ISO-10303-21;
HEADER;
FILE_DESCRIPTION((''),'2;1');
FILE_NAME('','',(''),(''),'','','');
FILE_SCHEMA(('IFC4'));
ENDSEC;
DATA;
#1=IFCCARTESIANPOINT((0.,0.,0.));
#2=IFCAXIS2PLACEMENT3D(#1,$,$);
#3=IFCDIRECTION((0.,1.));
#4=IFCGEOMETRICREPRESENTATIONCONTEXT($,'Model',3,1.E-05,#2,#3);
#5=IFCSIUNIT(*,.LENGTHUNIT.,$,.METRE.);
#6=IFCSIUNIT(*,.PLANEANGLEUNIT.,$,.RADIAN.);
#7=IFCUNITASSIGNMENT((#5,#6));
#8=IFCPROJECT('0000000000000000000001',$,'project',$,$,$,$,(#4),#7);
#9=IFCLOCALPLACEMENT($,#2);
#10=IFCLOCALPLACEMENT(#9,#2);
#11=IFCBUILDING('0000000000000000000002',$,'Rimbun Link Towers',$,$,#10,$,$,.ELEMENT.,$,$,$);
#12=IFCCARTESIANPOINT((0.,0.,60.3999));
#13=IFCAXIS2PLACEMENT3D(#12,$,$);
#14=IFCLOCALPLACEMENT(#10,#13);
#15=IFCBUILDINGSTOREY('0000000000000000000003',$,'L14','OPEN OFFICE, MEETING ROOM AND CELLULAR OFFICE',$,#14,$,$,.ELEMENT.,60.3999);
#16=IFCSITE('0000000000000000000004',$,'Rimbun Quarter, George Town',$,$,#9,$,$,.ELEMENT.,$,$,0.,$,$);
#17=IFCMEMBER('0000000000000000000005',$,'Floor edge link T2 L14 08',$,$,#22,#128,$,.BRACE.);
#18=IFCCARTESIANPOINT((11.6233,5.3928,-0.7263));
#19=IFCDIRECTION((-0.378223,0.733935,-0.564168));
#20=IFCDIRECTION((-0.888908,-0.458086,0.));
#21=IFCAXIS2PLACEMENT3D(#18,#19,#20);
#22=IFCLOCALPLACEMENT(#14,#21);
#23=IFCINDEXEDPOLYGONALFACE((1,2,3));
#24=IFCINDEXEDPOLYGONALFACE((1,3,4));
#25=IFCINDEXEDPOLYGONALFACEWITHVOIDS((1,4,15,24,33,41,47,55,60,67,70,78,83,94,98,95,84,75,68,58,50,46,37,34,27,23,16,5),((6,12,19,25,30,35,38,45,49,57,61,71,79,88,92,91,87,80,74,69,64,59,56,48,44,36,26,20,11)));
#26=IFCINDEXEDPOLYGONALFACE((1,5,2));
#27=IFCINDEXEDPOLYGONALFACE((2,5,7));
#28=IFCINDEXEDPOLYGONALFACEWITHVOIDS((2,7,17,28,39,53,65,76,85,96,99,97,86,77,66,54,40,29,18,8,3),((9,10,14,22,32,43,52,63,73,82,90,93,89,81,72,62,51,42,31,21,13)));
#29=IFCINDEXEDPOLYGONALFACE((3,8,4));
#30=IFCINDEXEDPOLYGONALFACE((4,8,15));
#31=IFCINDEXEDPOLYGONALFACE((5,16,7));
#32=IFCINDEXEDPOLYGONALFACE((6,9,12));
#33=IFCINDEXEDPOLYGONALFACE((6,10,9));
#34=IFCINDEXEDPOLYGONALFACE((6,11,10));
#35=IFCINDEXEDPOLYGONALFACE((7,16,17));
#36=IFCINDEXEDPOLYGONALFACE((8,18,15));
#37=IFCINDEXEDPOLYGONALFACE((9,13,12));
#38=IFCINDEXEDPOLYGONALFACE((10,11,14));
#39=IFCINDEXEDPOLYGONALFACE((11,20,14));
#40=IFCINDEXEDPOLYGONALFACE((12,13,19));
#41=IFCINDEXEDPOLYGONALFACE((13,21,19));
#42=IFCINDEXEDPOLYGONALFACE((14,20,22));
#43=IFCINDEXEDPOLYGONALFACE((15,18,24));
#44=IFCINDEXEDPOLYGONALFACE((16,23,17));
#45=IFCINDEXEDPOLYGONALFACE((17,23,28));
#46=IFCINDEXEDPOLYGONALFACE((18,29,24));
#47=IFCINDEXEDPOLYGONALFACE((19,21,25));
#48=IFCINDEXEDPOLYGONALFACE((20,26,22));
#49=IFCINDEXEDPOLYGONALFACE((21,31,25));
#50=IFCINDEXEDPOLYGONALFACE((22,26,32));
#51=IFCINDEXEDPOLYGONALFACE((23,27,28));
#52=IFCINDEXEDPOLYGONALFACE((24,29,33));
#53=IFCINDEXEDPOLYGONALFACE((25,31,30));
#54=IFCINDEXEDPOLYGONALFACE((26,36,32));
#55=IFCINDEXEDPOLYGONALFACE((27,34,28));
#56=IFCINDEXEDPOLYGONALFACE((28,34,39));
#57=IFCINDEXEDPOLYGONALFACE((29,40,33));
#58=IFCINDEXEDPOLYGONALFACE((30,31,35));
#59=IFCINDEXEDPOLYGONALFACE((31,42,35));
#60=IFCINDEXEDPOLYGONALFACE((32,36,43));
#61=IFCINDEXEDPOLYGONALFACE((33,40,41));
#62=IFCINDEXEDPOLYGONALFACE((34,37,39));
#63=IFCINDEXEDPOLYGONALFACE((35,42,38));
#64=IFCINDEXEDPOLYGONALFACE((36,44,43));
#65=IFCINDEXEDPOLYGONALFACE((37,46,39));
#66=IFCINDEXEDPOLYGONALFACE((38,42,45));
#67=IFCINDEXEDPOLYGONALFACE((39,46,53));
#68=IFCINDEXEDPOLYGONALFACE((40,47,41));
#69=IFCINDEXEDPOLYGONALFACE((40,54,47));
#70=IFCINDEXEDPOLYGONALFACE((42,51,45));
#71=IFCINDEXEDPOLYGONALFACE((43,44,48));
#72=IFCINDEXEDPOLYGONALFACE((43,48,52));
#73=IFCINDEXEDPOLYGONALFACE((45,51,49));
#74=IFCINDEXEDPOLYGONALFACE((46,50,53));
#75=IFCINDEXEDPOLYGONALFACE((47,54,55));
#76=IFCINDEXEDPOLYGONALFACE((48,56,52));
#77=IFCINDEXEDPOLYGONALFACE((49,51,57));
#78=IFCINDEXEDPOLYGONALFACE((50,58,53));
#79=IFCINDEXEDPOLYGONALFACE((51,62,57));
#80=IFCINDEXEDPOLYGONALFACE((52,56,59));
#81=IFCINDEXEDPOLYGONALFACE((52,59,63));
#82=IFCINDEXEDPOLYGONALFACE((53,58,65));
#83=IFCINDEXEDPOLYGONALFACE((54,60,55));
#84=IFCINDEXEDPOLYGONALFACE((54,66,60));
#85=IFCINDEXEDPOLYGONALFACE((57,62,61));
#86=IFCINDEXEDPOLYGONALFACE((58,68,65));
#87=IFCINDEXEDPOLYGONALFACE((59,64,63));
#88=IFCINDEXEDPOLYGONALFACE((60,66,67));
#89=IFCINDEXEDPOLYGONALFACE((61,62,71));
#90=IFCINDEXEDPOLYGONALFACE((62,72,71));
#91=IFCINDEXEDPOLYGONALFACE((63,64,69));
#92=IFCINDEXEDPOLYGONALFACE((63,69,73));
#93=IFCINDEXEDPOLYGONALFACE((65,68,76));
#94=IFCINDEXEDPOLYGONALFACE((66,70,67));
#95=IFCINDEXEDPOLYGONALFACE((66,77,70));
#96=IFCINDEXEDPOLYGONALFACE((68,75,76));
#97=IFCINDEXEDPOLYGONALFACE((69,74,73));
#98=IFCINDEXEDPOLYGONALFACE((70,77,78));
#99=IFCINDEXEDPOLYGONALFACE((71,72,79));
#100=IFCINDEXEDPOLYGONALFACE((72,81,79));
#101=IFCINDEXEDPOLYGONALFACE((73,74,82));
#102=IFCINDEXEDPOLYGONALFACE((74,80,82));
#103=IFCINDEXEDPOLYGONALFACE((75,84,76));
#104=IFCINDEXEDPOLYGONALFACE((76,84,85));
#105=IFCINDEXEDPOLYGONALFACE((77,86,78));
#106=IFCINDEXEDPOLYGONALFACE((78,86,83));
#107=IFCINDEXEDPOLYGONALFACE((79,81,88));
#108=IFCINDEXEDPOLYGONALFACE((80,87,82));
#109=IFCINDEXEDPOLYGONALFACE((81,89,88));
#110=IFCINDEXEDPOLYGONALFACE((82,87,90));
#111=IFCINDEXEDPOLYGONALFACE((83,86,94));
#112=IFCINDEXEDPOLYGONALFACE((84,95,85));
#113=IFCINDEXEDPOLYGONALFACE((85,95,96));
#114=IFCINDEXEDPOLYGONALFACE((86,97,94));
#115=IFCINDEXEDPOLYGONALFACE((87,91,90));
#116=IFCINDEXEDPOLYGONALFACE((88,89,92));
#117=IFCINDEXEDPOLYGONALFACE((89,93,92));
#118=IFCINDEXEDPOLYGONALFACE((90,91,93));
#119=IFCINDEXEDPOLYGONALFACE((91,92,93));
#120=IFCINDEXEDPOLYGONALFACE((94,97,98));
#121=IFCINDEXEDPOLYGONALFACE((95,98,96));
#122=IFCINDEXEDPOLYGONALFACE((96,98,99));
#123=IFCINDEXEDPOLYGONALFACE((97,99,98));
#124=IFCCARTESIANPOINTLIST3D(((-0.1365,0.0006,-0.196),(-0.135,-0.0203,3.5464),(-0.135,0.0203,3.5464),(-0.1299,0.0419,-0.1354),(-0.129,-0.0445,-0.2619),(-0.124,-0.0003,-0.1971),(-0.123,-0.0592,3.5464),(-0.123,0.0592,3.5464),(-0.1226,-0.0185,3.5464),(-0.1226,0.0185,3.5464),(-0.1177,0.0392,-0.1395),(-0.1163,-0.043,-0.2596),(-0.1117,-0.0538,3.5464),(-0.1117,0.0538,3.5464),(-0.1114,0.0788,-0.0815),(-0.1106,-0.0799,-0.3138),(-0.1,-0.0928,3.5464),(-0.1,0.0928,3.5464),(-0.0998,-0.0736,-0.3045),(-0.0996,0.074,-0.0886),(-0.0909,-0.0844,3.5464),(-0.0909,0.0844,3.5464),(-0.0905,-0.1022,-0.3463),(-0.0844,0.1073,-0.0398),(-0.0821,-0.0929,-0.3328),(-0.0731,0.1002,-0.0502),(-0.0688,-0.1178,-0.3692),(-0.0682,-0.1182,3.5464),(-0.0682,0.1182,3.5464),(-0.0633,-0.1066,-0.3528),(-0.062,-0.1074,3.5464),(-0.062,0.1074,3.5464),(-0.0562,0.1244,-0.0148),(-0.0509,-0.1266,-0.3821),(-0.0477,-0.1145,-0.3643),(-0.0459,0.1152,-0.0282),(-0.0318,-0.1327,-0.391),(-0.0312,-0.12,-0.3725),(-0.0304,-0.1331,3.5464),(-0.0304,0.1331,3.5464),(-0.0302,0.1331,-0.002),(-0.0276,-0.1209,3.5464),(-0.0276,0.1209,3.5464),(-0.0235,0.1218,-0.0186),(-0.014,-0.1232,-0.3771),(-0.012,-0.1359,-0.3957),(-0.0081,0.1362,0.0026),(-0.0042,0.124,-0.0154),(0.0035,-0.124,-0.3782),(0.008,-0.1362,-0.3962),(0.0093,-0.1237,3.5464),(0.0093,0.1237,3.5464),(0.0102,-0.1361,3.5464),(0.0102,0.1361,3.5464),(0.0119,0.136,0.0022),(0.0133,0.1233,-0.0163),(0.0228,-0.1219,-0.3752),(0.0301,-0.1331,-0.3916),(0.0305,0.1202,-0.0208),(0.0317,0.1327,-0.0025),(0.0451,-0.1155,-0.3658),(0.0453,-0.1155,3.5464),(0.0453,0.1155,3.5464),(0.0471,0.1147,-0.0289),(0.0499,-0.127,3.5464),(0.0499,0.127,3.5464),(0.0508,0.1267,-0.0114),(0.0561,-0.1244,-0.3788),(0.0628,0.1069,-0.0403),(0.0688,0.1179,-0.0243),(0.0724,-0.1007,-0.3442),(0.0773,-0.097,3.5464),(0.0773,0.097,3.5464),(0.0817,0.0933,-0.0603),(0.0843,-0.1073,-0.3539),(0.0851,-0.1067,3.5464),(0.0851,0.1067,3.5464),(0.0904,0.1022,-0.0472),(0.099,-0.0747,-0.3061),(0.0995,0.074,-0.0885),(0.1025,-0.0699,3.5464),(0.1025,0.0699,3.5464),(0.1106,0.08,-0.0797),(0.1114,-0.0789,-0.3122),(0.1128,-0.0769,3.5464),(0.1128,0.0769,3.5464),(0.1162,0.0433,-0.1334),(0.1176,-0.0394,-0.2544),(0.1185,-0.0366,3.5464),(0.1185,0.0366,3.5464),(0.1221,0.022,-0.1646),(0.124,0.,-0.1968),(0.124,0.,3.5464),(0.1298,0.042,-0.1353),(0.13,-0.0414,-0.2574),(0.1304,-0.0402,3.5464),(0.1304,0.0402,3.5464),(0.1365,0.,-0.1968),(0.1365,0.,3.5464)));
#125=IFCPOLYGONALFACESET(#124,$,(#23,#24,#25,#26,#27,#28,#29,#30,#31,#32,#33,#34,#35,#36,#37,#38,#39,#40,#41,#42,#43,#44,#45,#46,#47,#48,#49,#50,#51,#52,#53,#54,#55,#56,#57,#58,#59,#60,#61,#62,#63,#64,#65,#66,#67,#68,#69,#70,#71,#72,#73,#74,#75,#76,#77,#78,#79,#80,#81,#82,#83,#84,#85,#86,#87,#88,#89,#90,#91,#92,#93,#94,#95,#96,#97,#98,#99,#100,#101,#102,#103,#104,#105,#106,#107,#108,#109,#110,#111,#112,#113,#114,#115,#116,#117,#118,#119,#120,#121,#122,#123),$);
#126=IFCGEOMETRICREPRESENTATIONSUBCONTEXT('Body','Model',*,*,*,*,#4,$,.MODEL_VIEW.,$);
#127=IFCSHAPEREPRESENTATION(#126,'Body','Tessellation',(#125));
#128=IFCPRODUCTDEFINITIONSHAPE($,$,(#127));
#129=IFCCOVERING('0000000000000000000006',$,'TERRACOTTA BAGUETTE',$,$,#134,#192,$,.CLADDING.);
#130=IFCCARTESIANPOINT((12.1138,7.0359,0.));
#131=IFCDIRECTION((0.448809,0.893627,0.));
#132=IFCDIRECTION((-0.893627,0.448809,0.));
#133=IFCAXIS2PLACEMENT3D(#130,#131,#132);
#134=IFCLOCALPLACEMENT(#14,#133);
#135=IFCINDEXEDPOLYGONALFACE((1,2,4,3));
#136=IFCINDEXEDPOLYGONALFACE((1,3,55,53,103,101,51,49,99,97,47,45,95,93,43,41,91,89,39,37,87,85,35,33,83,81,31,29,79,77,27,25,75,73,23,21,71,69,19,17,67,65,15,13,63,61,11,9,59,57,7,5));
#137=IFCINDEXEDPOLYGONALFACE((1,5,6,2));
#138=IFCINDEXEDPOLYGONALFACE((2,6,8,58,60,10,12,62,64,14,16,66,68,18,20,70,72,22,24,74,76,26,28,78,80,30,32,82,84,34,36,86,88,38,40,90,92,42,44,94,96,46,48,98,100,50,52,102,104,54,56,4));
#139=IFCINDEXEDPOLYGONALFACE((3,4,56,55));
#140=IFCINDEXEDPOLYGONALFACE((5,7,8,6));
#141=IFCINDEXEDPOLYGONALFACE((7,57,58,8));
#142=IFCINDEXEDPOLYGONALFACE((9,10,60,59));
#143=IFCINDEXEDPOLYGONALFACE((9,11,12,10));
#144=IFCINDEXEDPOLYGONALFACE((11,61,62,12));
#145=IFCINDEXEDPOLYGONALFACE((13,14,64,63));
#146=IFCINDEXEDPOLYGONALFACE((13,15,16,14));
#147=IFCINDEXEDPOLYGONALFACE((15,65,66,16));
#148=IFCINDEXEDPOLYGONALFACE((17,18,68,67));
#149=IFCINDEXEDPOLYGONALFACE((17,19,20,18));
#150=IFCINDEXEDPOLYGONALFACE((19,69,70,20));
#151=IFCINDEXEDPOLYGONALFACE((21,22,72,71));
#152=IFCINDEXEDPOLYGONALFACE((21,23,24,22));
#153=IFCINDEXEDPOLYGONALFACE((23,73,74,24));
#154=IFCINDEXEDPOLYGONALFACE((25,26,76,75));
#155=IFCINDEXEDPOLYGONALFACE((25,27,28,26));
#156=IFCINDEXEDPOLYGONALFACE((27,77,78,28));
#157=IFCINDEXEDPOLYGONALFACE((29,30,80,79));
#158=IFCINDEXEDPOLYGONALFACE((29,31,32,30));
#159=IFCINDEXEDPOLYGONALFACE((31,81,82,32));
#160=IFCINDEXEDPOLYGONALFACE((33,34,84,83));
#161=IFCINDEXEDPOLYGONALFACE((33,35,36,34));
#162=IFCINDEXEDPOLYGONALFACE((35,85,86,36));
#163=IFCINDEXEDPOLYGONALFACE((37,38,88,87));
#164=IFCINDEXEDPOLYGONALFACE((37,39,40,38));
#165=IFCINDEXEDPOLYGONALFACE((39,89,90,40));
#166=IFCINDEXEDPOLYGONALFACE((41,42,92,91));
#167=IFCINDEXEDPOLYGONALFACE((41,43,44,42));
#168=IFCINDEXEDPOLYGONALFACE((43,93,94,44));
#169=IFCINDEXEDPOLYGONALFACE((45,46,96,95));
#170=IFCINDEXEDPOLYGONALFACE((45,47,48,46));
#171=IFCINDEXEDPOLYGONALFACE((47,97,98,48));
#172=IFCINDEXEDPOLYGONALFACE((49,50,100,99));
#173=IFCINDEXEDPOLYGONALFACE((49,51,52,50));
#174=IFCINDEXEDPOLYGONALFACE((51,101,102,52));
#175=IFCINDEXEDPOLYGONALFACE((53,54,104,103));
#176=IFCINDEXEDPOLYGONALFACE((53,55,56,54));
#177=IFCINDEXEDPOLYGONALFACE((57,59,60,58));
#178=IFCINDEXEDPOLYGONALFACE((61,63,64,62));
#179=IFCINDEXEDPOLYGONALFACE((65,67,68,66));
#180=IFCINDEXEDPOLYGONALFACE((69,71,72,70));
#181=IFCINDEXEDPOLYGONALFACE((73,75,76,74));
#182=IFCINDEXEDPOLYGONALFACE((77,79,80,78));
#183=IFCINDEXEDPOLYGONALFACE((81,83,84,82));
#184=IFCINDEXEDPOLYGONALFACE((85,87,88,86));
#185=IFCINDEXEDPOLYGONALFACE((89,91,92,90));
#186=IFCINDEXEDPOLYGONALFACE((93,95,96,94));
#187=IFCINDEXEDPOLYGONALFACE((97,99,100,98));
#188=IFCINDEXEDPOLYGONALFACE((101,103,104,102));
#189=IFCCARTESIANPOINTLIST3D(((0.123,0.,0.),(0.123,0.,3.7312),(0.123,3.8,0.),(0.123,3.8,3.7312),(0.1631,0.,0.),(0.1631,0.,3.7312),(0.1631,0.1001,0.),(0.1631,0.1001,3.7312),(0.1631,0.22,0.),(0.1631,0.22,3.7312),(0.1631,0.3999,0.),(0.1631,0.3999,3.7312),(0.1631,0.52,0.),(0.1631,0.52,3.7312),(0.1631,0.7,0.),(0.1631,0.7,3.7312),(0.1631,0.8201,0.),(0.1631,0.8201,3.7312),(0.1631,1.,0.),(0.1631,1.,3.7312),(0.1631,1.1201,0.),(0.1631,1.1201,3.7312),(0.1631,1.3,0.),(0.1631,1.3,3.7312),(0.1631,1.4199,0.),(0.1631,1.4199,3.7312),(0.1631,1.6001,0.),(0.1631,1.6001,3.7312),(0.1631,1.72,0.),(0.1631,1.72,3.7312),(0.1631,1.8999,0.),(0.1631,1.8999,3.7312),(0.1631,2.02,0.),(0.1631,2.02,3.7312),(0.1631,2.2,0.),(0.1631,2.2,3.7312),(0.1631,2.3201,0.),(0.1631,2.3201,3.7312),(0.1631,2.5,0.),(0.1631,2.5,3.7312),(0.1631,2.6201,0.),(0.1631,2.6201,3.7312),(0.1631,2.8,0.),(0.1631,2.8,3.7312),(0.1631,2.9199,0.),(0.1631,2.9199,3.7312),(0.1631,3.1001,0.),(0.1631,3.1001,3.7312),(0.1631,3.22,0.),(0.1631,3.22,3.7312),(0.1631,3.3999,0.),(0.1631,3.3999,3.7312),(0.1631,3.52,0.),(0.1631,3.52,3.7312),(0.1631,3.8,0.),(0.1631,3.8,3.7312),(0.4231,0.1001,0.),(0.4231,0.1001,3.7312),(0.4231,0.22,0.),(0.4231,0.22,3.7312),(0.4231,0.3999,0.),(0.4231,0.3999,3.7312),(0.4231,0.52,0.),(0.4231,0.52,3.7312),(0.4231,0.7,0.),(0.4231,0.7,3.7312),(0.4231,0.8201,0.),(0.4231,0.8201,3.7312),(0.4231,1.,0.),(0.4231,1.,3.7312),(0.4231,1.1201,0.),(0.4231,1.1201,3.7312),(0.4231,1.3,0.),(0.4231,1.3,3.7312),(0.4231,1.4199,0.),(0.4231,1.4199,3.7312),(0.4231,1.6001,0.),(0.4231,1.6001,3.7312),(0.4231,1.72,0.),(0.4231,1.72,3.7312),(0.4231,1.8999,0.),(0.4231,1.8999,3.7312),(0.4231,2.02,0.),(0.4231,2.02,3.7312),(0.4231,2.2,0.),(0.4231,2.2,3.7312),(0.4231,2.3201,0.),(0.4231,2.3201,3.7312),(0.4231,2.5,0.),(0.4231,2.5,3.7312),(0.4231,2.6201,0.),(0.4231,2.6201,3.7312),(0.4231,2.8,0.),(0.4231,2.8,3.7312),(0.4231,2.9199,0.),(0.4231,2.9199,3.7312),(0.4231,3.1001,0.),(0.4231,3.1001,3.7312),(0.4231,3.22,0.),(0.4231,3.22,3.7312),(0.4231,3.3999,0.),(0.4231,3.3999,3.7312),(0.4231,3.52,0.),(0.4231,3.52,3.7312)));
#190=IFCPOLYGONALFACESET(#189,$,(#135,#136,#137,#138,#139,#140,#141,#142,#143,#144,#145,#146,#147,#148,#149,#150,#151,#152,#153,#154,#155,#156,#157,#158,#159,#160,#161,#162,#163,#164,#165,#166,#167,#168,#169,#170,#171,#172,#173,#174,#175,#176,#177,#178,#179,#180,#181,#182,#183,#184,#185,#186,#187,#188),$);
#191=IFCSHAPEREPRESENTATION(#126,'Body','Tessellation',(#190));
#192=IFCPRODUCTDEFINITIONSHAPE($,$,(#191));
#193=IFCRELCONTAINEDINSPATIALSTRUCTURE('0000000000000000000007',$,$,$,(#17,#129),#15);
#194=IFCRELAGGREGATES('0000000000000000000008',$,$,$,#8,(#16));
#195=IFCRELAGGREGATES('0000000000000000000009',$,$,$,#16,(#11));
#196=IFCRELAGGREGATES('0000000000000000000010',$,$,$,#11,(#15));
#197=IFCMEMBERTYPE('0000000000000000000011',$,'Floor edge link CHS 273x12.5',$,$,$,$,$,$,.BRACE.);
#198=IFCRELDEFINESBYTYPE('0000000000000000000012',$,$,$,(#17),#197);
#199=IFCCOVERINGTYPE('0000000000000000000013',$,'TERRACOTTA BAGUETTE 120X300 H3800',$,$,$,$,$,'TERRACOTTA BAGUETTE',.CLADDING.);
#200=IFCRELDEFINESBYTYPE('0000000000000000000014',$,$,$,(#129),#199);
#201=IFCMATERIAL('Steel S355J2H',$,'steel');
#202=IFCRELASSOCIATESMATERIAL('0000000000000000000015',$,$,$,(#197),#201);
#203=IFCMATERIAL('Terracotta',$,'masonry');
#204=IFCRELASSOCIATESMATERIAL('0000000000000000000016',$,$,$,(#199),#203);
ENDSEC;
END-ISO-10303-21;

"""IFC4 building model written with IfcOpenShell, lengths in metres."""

from ifc_helpers import new_model, si_unit, direction, frame, origin, origin_2d, place, context, subcontext, project, spatial, polyline, hollow_circle, outline, extrude, clip, halfspace, material, material_profile, profile_set, type_object, element, save


model = new_model("IFC4")

# Units and contexts
model_context = context("Model", 3, precision=1e-05, world=origin(), true_north=direction((0.0, 1.0)))
body_context = subcontext(model_context, "Body", "Model", "MODEL_VIEW")
ifc_project = project(units=[si_unit("LENGTHUNIT", "METRE"), si_unit("PLANEANGLEUNIT", "RADIAN")], contexts=[model_context])

# Site, building, storey
site_placement = place(None, origin())
site = spatial("IfcSite", under=ifc_project, at=site_placement, Name="Rimbun Quarter, George Town", CompositionType="ELEMENT", RefElevation=0.0)
building_placement = place(site_placement, origin())
building = spatial("IfcBuilding", under=site, at=building_placement, Name="Rimbun Link Towers", CompositionType="ELEMENT")
storey_placement = place(building_placement, frame((0.0, 0.0, 60.3999)))
storey = spatial("IfcBuildingStorey", under=building, at=storey_placement, Name="L14", Description="OPEN OFFICE, MEETING ROOM AND CELLULAR OFFICE", CompositionType="ELEMENT", Elevation=60.3999)

# Member
ifc_material_1 = material(Name="Steel S355J2H", Category="steel")
ifc_material_profile_1 = material_profile(ifc_material_1, hollow_circle(Radius=0.1365, WallThickness=0.0125, at=origin_2d()), Name="CHS 273x12.5")
ifc_profile_set_1 = profile_set([ifc_material_profile_1], Name="Steel S355J2H")
member_type_1 = type_object("IfcMemberType", Name="Floor edge link CHS 273x12.5", PredefinedType="BRACE", material=ifc_profile_set_1)
member_1_placement = place(storey_placement, frame((11.6233, 5.3928, -0.7263), z_axis=(-0.378223, 0.733935, -0.564168), x_axis=(-0.888908, -0.458086, 0.0)))
element("IfcMember", 1, at=member_1_placement, inside=storey, type_object=member_type_1, Name="Floor edge link T2 L14 08", PredefinedType="BRACE", context=body_context, shape_type="Clipping", body=[
    clip(extrude(hollow_circle(Radius=0.1365, WallThickness=0.0125, at=origin_2d()), frame((0.0, 0.0, -0.4172)), (0.0, 0.0, 1.0), 3.9636), halfspace(frame((0.0, 0.0, -0.1968), z_axis=(0.0, 0.82566, -0.564168)), False)),
])

# Covering
ifc_material_2 = material(Name="Terracotta", Category="masonry")
ifc_material_profile_2 = material_profile(ifc_material_2, outline(polyline([(0.123, 0.0), (0.1631, 0.0), (0.1631, 0.1001), (0.4231, 0.1001), (0.4231, 0.22), (0.1631, 0.22), (0.1631, 0.3999), (0.4231, 0.3999), (0.4231, 0.52), (0.1631, 0.52), (0.1631, 0.7), (0.4231, 0.7), (0.4231, 0.8201), (0.1631, 0.8201), (0.1631, 1.0), (0.4231, 1.0), (0.4231, 1.1201), (0.1631, 1.1201), (0.1631, 1.3), (0.4231, 1.3), (0.4231, 1.4199), (0.1631, 1.4199), (0.1631, 1.6001), (0.4231, 1.6001), (0.4231, 1.72), (0.1631, 1.72), (0.1631, 1.8999), (0.4231, 1.8999), (0.4231, 2.02), (0.1631, 2.02), (0.1631, 2.2), (0.4231, 2.2), (0.4231, 2.3201), (0.1631, 2.3201), (0.1631, 2.5), (0.4231, 2.5), (0.4231, 2.6201), (0.1631, 2.6201), (0.1631, 2.8), (0.4231, 2.8), (0.4231, 2.9199), (0.1631, 2.9199), (0.1631, 3.1001), (0.4231, 3.1001), (0.4231, 3.22), (0.1631, 3.22), (0.1631, 3.3999), (0.4231, 3.3999), (0.4231, 3.52), (0.1631, 3.52), (0.1631, 3.8), (0.123, 3.8), (0.123, 0.0)])), Name="BAGUETTE 120X300")
ifc_profile_set_2 = profile_set([ifc_material_profile_2], Name="Terracotta")
covering_type = type_object("IfcCoveringType", Name="TERRACOTTA BAGUETTE 120X300 H3800", ElementType="TERRACOTTA BAGUETTE", PredefinedType="CLADDING", material=ifc_profile_set_2)
covering_1_placement = place(storey_placement, frame((12.1138, 7.0359, 0.0), z_axis=(0.448809, 0.893627, 0.0), x_axis=(-0.893627, 0.448809, 0.0)))
element("IfcCovering", 2, at=covering_1_placement, inside=storey, type_object=covering_type, Name="TERRACOTTA BAGUETTE", PredefinedType="CLADDING", context=body_context, shape_type="SweptSolid", body=[
    extrude(outline(polyline([(0.123, 0.0), (0.1631, 0.0), (0.1631, 0.1001), (0.4231, 0.1001), (0.4231, 0.22), (0.1631, 0.22), (0.1631, 0.3999), (0.4231, 0.3999), (0.4231, 0.52), (0.1631, 0.52), (0.1631, 0.7), (0.4231, 0.7), (0.4231, 0.8201), (0.1631, 0.8201), (0.1631, 1.0), (0.4231, 1.0), (0.4231, 1.1201), (0.1631, 1.1201), (0.1631, 1.3), (0.4231, 1.3), (0.4231, 1.4199), (0.1631, 1.4199), (0.1631, 1.6001), (0.4231, 1.6001), (0.4231, 1.72), (0.1631, 1.72), (0.1631, 1.8999), (0.4231, 1.8999), (0.4231, 2.02), (0.1631, 2.02), (0.1631, 2.2), (0.4231, 2.2), (0.4231, 2.3201), (0.1631, 2.3201), (0.1631, 2.5), (0.4231, 2.5), (0.4231, 2.6201), (0.1631, 2.6201), (0.1631, 2.8), (0.4231, 2.8), (0.4231, 2.9199), (0.1631, 2.9199), (0.1631, 3.1001), (0.4231, 3.1001), (0.4231, 3.22), (0.1631, 3.22), (0.1631, 3.3999), (0.4231, 3.3999), (0.4231, 3.52), (0.1631, 3.52), (0.1631, 3.8), (0.123, 3.8), (0.123, 0.0)])), origin(), (0.0, 0.0, 1.0), 3.7312),
])

save(model, "model.ifc")
